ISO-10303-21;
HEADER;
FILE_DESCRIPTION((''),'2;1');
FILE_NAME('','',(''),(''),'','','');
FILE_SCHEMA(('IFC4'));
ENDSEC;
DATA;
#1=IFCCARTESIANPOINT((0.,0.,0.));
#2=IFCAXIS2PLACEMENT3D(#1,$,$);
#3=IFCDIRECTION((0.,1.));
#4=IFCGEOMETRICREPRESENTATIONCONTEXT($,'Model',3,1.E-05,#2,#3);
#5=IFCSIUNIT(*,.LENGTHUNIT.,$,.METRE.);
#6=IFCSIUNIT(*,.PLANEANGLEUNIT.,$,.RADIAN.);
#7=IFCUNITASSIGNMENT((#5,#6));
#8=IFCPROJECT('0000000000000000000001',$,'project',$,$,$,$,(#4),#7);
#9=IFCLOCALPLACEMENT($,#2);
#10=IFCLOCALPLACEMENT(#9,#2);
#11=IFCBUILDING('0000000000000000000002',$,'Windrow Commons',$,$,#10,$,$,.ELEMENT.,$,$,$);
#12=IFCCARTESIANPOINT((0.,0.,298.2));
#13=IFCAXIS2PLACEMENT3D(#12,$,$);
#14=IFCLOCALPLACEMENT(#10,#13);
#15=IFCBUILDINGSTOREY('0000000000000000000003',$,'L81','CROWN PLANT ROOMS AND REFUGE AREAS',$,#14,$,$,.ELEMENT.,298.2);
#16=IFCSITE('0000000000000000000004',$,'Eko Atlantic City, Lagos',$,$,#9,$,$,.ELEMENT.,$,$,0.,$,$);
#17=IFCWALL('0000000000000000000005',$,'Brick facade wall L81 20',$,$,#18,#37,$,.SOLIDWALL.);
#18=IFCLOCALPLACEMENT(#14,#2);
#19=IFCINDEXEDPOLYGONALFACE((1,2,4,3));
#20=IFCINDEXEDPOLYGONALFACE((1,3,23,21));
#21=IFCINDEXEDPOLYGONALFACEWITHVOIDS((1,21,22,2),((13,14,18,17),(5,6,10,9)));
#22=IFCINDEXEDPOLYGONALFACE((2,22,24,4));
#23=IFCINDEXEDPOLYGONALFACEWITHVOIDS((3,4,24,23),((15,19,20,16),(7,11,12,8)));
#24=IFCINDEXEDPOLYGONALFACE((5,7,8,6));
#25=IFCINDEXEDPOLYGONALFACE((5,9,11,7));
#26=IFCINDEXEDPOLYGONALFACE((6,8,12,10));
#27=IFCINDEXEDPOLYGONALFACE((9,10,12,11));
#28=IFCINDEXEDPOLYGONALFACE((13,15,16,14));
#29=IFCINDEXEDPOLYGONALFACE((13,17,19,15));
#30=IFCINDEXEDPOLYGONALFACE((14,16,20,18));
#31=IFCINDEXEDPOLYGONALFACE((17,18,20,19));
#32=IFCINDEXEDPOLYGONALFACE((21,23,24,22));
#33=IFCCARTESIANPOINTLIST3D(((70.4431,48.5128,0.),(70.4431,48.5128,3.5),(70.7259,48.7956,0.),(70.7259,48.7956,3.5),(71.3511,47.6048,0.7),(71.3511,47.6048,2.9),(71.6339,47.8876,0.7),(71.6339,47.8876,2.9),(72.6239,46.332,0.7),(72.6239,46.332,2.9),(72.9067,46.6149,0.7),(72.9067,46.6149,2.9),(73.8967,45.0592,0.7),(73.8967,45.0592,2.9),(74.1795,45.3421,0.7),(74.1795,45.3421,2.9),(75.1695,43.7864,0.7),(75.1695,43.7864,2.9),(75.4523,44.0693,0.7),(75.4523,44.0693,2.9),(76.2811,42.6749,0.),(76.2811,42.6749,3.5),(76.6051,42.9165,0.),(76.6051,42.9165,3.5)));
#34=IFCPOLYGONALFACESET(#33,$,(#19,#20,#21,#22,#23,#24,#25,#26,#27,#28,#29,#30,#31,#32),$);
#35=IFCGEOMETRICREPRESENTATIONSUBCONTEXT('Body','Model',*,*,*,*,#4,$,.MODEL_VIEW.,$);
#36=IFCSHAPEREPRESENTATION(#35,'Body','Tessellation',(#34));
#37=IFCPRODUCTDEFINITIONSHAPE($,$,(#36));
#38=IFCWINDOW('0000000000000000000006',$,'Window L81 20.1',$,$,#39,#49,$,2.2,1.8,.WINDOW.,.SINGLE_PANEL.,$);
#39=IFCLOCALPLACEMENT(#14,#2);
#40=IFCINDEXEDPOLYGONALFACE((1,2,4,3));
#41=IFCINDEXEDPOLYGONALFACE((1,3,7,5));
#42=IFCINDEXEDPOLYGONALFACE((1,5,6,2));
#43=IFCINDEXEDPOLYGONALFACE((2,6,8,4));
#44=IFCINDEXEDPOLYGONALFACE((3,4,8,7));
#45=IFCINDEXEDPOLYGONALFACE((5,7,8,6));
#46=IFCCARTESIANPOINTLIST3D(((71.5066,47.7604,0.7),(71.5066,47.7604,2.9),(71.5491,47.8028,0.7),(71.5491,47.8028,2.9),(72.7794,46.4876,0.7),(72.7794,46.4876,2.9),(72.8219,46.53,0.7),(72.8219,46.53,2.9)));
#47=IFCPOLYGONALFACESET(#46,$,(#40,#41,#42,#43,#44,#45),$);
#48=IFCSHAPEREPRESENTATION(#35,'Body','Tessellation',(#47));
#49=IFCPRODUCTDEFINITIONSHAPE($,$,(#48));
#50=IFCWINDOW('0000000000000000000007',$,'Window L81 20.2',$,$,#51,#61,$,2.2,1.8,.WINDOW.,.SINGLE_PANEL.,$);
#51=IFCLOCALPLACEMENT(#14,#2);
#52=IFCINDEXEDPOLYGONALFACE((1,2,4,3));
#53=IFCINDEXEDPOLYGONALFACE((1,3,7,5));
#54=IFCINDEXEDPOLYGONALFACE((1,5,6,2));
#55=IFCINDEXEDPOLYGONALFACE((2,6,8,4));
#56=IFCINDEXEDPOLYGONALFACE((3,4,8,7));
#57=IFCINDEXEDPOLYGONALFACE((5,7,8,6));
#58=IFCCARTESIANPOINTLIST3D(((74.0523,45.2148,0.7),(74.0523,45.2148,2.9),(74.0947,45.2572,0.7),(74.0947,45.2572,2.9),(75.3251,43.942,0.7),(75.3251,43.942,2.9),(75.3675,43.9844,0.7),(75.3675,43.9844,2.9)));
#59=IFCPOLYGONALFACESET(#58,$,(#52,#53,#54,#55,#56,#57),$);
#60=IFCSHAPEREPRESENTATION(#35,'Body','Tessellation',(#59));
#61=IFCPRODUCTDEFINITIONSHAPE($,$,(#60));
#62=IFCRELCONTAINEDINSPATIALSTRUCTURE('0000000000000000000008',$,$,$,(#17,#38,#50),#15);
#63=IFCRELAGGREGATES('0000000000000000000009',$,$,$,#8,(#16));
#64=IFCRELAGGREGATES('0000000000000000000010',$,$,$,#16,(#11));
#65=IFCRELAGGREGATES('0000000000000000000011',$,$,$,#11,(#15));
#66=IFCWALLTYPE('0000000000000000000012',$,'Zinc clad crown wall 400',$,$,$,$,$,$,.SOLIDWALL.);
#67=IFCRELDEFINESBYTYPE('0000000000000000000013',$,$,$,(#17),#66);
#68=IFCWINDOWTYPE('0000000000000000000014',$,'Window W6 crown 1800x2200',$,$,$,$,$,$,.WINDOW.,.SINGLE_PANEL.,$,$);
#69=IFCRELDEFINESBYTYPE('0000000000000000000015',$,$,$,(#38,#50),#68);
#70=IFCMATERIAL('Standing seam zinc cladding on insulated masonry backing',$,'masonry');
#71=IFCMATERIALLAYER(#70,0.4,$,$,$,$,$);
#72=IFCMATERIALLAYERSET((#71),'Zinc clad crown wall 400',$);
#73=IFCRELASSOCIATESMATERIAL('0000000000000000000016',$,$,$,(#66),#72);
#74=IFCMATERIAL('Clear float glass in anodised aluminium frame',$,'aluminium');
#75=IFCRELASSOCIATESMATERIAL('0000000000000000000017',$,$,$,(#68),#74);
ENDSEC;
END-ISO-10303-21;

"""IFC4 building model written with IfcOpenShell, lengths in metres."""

from ifc_helpers import new_model, si_unit, direction, frame, frame_2d, origin, place, context, subcontext, project, spatial, polyline, rectangle, outline, extrude, material, layer, layer_set, type_object, element, fill, save


model = new_model("IFC4")

# Units and contexts
model_context = context("Model", 3, precision=1e-05, world=origin(), true_north=direction((0.0, 1.0)))
body_context = subcontext(model_context, "Body", "Model", "MODEL_VIEW")
ifc_project = project(units=[si_unit("LENGTHUNIT", "METRE"), si_unit("PLANEANGLEUNIT", "RADIAN")], contexts=[model_context])

# Site, building, storey
site_placement = place(None, origin())
site = spatial("IfcSite", under=ifc_project, at=site_placement, Name="Eko Atlantic City, Lagos", CompositionType="ELEMENT", RefElevation=0.0)
building_placement = place(site_placement, origin())
building = spatial("IfcBuilding", under=site, at=building_placement, Name="Windrow Commons", CompositionType="ELEMENT")
storey_placement = place(building_placement, frame((0.0, 0.0, 298.2)))
storey = spatial("IfcBuildingStorey", under=building, at=storey_placement, Name="L81", Description="CROWN PLANT ROOMS AND REFUGE AREAS", CompositionType="ELEMENT", Elevation=298.2)

# Shared definitions
ifc_material_1 = material(Name="Standing seam zinc cladding on insulated masonry backing", Category="masonry")
ifc_layer_1 = layer(ifc_material_1, 0.4)
ifc_layer_set_1 = layer_set([ifc_layer_1], Name="Zinc clad crown wall 400")
wall_type_1 = type_object("IfcWallType", Name="Zinc clad crown wall 400", PredefinedType="SOLIDWALL", material=ifc_layer_set_1)
ifc_material_2 = material(Name="Clear float glass in anodised aluminium frame", Category="aluminium")
window_type = type_object("IfcWindowType", Name="Window W6 crown 1800x2200", PartitioningType="SINGLE_PANEL", PredefinedType="WINDOW", material=ifc_material_2)

# Wall, openings, windows
wall_1_placement = place(storey_placement, frame((70.5845, 48.6542, 0.0), z_axis=(0.0, 0.0, 1.0), x_axis=(0.707113, -0.707101, 0.0)))
wall_1 = element("IfcWall", 1, at=wall_1_placement, inside=storey, type_object=wall_type_1, Name="Brick facade wall L81 20", PredefinedType="SOLIDWALL", context=body_context, shape_type="SweptSolid", body=[
    extrude(outline(polyline([(0.0, -0.2), (8.2561, -0.2), (8.3144, 0.2), (0.0, 0.2), (0.0, -0.2)])), origin(), (0.0, 0.0, 1.0), 3.5),
])
opening_1_placement = place(wall_1_placement, frame((1.2841, 0.0, 0.7)))
opening_1 = element("IfcOpeningElement", 2, at=opening_1_placement, cuts=wall_1, PredefinedType="OPENING", context=body_context, shape_type="SweptSolid", body=[
    extrude(rectangle(XDim=1.8, YDim=2.2, at=frame_2d((0.9, 1.1))), frame((0.0, 0.21, 0.0), z_axis=(0.0, -1.0, 0.0), x_axis=(1.0, 0.0, 0.0)), (0.0, 0.0, 1.0), 0.42),
])
opening_2_placement = place(wall_1_placement, frame((4.8841, 0.0, 0.7)))
opening_2 = element("IfcOpeningElement", 3, at=opening_2_placement, cuts=wall_1, PredefinedType="OPENING", context=body_context, shape_type="SweptSolid", body=[
    extrude(rectangle(XDim=1.8, YDim=2.2, at=frame_2d((0.9, 1.1))), frame((0.0, 0.21, 0.0), z_axis=(0.0, -1.0, 0.0), x_axis=(1.0, 0.0, 0.0)), (0.0, 0.0, 1.0), 0.42),
])
window_1_placement = place(opening_1_placement, origin())
window_1 = element("IfcWindow", 4, at=window_1_placement, inside=storey, type_object=window_type, Name="Window L81 20.1", OverallHeight=2.2, OverallWidth=1.8, PartitioningType="SINGLE_PANEL", PredefinedType="WINDOW", context=body_context, shape_type="SweptSolid", body=[
    extrude(rectangle(XDim=1.8, YDim=2.2, at=frame_2d((0.9, 1.1))), frame((0.0, 0.08, 0.0), z_axis=(0.0, -1.0, 0.0), x_axis=(1.0, 0.0, 0.0)), (0.0, 0.0, 1.0), 0.06),
])
fill(opening_1, window_1)
window_2_placement = place(opening_2_placement, origin())
window_2 = element("IfcWindow", 5, at=window_2_placement, inside=storey, type_object=window_type, Name="Window L81 20.2", OverallHeight=2.2, OverallWidth=1.8, PartitioningType="SINGLE_PANEL", PredefinedType="WINDOW", context=body_context, shape_type="SweptSolid", body=[
    extrude(rectangle(XDim=1.8, YDim=2.2, at=frame_2d((0.9, 1.1))), frame((0.0, 0.08, 0.0), z_axis=(0.0, -1.0, 0.0), x_axis=(1.0, 0.0, 0.0)), (0.0, 0.0, 1.0), 0.06),
])
fill(opening_2, window_2)

save(model, "model.ifc")
